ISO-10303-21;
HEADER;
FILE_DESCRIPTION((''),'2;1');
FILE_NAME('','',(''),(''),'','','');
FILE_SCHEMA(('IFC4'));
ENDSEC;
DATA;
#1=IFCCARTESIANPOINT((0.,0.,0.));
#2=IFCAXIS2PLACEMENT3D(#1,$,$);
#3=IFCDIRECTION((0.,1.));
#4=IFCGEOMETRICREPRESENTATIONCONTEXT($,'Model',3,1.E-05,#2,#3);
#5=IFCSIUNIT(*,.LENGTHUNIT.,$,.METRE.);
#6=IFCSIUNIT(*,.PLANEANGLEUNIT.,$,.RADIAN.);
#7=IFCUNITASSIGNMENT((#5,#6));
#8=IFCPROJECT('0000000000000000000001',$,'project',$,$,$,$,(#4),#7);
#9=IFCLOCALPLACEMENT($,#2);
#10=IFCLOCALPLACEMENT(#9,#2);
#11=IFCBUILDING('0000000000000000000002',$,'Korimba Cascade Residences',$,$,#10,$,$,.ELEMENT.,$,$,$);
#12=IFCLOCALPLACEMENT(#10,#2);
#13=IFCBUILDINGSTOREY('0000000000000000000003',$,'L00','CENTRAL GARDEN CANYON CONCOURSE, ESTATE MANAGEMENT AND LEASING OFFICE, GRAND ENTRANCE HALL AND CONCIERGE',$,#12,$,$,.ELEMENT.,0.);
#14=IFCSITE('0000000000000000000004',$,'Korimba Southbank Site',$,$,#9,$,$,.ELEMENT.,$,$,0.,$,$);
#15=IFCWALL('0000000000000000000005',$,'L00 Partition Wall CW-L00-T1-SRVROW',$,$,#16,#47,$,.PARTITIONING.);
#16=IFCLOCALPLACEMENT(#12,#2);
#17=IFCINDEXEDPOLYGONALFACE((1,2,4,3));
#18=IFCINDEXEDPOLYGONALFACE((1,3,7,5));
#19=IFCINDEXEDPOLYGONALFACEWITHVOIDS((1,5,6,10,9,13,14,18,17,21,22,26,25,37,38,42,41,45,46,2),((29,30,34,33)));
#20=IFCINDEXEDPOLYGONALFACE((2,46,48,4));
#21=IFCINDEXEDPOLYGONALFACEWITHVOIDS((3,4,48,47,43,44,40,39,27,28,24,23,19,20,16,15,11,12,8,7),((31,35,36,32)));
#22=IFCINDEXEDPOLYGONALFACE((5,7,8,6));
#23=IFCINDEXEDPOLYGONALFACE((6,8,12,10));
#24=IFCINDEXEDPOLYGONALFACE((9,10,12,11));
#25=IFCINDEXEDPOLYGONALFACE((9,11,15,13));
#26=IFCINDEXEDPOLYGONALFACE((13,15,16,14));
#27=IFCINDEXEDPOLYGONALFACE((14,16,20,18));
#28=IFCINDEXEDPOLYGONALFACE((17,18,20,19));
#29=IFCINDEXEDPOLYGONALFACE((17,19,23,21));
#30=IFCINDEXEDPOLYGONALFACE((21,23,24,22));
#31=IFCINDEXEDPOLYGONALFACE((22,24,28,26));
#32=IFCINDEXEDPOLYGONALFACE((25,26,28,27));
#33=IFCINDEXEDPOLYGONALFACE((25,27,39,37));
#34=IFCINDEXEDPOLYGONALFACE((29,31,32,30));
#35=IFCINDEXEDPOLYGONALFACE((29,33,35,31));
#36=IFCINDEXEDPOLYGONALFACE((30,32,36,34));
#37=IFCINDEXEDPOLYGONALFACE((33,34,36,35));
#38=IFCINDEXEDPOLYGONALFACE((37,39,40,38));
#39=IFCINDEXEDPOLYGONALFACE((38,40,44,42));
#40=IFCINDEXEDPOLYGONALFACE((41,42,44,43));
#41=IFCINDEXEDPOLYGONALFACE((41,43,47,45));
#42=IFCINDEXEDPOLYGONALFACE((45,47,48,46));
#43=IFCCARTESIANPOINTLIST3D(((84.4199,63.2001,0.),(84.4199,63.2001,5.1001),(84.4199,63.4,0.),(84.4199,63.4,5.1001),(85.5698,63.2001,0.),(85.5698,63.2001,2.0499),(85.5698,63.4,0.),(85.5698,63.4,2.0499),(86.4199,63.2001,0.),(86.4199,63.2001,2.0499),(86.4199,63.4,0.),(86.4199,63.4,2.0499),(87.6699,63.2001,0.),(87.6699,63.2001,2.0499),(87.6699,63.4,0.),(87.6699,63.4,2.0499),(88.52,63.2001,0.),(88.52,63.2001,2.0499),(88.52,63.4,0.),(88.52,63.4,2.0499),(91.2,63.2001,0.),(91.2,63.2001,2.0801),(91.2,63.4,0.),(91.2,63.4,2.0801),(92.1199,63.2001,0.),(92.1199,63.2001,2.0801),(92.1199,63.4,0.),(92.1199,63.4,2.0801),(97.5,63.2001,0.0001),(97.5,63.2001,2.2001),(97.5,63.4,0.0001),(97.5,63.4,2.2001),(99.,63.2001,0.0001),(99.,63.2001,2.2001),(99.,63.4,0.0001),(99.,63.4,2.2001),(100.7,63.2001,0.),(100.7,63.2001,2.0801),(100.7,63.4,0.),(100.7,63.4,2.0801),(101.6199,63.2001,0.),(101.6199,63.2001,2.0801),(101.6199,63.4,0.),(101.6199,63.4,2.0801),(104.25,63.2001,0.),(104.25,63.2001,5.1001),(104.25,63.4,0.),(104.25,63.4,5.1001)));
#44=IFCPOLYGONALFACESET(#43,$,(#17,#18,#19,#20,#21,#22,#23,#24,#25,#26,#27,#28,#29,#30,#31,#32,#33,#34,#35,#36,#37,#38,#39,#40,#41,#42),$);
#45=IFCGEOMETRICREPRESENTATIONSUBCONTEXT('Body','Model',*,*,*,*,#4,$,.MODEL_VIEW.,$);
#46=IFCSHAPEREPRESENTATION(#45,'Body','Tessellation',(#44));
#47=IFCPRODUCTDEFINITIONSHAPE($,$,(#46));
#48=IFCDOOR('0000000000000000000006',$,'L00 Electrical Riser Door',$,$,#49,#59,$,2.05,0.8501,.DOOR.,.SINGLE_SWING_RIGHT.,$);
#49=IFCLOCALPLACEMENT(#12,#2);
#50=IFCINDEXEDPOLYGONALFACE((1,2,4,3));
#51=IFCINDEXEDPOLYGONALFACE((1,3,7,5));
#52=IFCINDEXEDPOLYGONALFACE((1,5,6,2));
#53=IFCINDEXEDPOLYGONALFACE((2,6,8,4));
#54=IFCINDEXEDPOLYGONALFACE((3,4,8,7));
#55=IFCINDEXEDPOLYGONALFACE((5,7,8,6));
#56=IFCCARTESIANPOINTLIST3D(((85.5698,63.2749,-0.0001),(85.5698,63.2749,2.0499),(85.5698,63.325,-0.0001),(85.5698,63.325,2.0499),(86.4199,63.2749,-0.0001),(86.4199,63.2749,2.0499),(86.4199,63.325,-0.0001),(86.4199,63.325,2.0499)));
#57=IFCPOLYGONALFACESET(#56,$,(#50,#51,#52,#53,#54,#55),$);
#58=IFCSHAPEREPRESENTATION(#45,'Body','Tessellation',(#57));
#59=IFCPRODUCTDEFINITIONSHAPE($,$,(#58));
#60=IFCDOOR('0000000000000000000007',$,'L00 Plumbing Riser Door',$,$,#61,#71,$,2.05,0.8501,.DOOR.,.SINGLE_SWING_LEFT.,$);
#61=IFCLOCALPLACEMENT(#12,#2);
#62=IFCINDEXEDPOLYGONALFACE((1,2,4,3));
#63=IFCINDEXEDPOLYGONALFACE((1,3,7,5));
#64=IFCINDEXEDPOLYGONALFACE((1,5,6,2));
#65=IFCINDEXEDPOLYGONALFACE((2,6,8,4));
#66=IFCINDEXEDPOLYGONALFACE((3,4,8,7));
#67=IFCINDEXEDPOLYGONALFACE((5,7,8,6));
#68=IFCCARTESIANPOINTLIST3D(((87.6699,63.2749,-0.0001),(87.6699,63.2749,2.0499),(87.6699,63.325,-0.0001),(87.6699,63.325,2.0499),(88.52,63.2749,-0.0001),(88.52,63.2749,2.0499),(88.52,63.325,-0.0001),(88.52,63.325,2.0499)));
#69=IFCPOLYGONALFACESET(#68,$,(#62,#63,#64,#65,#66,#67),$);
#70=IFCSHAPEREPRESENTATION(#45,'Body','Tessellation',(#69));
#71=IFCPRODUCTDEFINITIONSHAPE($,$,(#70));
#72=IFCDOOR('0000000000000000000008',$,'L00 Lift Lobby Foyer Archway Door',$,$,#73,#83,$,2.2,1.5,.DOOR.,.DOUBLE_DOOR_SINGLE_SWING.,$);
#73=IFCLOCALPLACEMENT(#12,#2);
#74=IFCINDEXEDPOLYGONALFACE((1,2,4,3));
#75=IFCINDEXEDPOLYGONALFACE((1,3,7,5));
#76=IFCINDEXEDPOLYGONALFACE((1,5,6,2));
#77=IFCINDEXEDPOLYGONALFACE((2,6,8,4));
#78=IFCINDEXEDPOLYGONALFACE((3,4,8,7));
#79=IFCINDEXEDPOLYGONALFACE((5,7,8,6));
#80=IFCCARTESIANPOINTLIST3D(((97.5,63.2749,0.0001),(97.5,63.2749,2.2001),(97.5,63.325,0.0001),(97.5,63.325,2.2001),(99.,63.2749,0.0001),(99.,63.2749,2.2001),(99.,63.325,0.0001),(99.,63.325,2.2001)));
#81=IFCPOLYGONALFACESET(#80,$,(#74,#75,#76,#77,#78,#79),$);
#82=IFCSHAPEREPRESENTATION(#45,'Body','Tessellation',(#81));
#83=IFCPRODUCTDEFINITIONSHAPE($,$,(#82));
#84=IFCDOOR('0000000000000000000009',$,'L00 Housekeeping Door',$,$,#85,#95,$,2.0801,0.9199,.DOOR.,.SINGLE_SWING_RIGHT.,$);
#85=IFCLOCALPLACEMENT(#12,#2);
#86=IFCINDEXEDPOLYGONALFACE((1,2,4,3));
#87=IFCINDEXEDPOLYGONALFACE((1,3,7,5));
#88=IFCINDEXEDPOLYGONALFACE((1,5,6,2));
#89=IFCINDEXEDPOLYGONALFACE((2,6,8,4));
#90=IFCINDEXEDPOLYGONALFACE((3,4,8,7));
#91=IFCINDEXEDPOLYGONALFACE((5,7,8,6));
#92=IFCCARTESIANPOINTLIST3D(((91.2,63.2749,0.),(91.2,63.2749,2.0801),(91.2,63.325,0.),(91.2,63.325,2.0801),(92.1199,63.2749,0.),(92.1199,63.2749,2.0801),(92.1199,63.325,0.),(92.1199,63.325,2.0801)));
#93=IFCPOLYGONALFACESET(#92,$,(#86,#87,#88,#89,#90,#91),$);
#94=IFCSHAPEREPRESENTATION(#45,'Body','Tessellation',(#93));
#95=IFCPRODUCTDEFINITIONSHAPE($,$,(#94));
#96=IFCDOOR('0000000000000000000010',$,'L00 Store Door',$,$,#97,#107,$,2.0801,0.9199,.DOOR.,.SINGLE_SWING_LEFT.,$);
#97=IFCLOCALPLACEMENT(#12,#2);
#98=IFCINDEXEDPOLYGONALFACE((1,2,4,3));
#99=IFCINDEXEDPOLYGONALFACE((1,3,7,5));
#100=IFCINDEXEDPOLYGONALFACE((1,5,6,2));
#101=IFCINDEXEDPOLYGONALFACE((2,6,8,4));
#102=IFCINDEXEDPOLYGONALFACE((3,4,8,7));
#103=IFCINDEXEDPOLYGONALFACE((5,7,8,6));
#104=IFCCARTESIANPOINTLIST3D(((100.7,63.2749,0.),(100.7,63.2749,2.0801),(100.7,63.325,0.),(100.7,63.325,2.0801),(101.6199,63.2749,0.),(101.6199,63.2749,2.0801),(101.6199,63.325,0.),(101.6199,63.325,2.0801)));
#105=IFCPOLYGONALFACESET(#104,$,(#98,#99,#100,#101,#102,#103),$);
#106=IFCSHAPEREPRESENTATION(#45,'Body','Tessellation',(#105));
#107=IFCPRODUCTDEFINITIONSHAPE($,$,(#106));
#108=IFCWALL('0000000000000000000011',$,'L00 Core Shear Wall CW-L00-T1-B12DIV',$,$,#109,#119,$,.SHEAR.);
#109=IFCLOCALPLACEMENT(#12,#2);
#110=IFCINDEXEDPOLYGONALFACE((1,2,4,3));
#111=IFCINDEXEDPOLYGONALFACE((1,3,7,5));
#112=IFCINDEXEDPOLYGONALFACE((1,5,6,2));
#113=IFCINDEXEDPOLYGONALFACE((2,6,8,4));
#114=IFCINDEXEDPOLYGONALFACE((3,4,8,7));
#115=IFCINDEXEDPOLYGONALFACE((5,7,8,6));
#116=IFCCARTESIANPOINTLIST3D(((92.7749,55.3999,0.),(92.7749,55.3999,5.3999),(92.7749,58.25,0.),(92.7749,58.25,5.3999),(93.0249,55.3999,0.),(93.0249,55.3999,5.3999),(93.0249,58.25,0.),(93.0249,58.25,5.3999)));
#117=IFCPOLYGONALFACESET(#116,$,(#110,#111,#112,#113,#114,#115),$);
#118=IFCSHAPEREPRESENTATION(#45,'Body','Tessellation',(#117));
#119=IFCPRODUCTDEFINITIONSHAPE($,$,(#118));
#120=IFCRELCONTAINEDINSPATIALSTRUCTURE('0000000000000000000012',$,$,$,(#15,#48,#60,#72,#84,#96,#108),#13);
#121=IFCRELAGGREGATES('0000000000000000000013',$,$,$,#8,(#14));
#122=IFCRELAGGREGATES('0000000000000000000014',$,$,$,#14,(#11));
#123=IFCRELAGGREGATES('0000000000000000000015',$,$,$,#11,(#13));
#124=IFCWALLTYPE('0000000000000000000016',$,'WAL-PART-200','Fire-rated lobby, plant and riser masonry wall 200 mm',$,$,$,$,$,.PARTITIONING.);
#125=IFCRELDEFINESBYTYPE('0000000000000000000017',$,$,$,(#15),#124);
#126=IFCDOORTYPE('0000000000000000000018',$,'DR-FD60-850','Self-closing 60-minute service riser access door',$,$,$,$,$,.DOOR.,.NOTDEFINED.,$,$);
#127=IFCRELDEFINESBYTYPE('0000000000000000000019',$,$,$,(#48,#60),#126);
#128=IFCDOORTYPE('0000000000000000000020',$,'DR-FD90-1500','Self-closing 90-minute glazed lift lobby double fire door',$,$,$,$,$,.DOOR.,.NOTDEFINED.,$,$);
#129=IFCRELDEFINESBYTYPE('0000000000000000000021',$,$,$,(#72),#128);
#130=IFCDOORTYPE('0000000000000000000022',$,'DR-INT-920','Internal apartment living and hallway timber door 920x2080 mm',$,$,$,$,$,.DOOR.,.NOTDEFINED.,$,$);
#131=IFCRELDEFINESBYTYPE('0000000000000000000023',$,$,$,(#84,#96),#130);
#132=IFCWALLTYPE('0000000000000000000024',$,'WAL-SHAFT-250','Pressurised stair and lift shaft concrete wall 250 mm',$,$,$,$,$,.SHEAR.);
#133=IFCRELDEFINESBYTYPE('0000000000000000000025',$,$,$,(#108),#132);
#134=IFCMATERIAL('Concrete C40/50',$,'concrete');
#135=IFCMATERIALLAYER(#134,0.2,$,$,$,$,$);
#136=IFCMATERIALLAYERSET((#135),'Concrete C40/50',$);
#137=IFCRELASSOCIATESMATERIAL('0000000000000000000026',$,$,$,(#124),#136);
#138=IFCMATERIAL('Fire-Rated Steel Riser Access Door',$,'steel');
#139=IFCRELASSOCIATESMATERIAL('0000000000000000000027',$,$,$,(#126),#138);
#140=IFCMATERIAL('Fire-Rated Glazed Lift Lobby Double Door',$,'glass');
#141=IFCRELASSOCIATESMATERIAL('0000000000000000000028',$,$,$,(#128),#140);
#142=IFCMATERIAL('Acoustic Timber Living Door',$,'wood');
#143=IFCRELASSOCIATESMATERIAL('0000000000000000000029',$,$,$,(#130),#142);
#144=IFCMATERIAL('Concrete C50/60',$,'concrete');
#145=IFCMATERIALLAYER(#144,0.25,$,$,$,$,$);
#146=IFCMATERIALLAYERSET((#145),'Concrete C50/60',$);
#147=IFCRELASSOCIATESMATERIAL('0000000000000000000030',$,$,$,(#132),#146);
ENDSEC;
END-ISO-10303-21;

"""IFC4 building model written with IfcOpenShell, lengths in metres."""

from ifc_helpers import new_model, si_unit, direction, frame, frame_2d, origin, place, context, subcontext, project, spatial, rectangle, extrude, material, layer, layer_set, type_object, element, fill, save


model = new_model("IFC4")

# Units and contexts
model_context = context("Model", 3, precision=1e-05, world=origin(), true_north=direction((0.0, 1.0)))
body_context = subcontext(model_context, "Body", "Model", "MODEL_VIEW")
ifc_project = project(units=[si_unit("LENGTHUNIT", "METRE"), si_unit("PLANEANGLEUNIT", "RADIAN")], contexts=[model_context])

# Site, building, storey
site_placement = place(None, origin())
site = spatial("IfcSite", under=ifc_project, at=site_placement, Name="Korimba Southbank Site", CompositionType="ELEMENT", RefElevation=0.0)
building_placement = place(site_placement, origin())
building = spatial("IfcBuilding", under=site, at=building_placement, Name="Korimba Cascade Residences", CompositionType="ELEMENT")
storey_placement = place(building_placement, origin())
storey = spatial("IfcBuildingStorey", under=building, at=storey_placement, Name="L00", Description="CENTRAL GARDEN CANYON CONCOURSE, ESTATE MANAGEMENT AND LEASING OFFICE, GRAND ENTRANCE HALL AND CONCIERGE", CompositionType="ELEMENT", Elevation=0.0)

# Shared definitions
ifc_material_1 = material(Name="Concrete C50/60", Category="concrete")

# Shared definitions
ifc_material_2 = material(Name="Concrete C40/50", Category="concrete")
ifc_layer_1 = layer(ifc_material_2, 0.2)
ifc_layer_set_1 = layer_set([ifc_layer_1], Name="Concrete C40/50")
wall_type_1 = type_object("IfcWallType", Name="WAL-PART-200", Description="Fire-rated lobby, plant and riser masonry wall 200 mm", PredefinedType="PARTITIONING", material=ifc_layer_set_1)

# Wall, openings, doors
wall_1_placement = place(storey_placement, frame((84.4199, 63.3, 0.0), z_axis=(0.0, 0.0, 1.0), x_axis=(1.0, 0.0, 0.0)))
wall_1 = element("IfcWall", 1, at=wall_1_placement, inside=storey, type_object=wall_type_1, Name="L00 Partition Wall CW-L00-T1-SRVROW", PredefinedType="PARTITIONING", context=body_context, shape_type="SweptSolid", body=[
    extrude(rectangle(XDim=19.8301, YDim=0.2, at=frame_2d((9.915, 0.0))), origin(), (0.0, 0.0, 1.0), 5.1001),
])
opening_1_placement = place(wall_1_placement, frame((1.1499, 0.0, 0.0)))
opening_1 = element("IfcOpeningElement", 2, at=opening_1_placement, cuts=wall_1, PredefinedType="OPENING", context=body_context, shape_type="SweptSolid", body=[
    extrude(rectangle(XDim=0.8501, YDim=2.05, at=frame_2d((0.425, 1.0249))), frame((0.0, 0.1099, 0.0), z_axis=(0.0, -1.0, 0.0), x_axis=(1.0, 0.0, 0.0)), (0.0, 0.0, 1.0), 0.22),
])
opening_2_placement = place(wall_1_placement, frame((3.25, 0.0, 0.0)))
opening_2 = element("IfcOpeningElement", 3, at=opening_2_placement, cuts=wall_1, PredefinedType="OPENING", context=body_context, shape_type="SweptSolid", body=[
    extrude(rectangle(XDim=0.8501, YDim=2.05, at=frame_2d((0.425, 1.0249))), frame((0.0, 0.1099, 0.0), z_axis=(0.0, -1.0, 0.0), x_axis=(1.0, 0.0, 0.0)), (0.0, 0.0, 1.0), 0.22),
])
opening_3_placement = place(wall_1_placement, frame((13.0801, 0.0, 0.0)))
opening_3 = element("IfcOpeningElement", 4, at=opening_3_placement, cuts=wall_1, PredefinedType="OPENING", context=body_context, shape_type="SweptSolid", body=[
    extrude(rectangle(XDim=1.5, YDim=2.2, at=frame_2d((0.75, 1.1001))), frame((0.0, 0.1099, 0.0), z_axis=(0.0, -1.0, 0.0), x_axis=(1.0, 0.0, 0.0)), (0.0, 0.0, 1.0), 0.22),
])
opening_4_placement = place(wall_1_placement, frame((6.78, 0.0, 0.0)))
opening_4 = element("IfcOpeningElement", 5, at=opening_4_placement, cuts=wall_1, PredefinedType="OPENING", context=body_context, shape_type="SweptSolid", body=[
    extrude(rectangle(XDim=0.9199, YDim=2.0801, at=frame_2d((0.46, 1.04))), frame((0.0, 0.1099, 0.0), z_axis=(0.0, -1.0, 0.0), x_axis=(1.0, 0.0, 0.0)), (0.0, 0.0, 1.0), 0.22),
])
opening_5_placement = place(wall_1_placement, frame((16.28, 0.0, 0.0)))
opening_5 = element("IfcOpeningElement", 6, at=opening_5_placement, cuts=wall_1, PredefinedType="OPENING", context=body_context, shape_type="SweptSolid", body=[
    extrude(rectangle(XDim=0.9199, YDim=2.0801, at=frame_2d((0.46, 1.04))), frame((0.0, 0.1099, 0.0), z_axis=(0.0, -1.0, 0.0), x_axis=(1.0, 0.0, 0.0)), (0.0, 0.0, 1.0), 0.22),
])
ifc_material_3 = material(Name="Fire-Rated Steel Riser Access Door", Category="steel")
door_type_1 = type_object("IfcDoorType", Name="DR-FD60-850", Description="Self-closing 60-minute service riser access door", OperationType="NOTDEFINED", PredefinedType="DOOR", material=ifc_material_3)
door_1_placement = place(opening_1_placement, origin())
door_1 = element("IfcDoor", 7, at=door_1_placement, inside=storey, type_object=door_type_1, Name="L00 Electrical Riser Door", OperationType="SINGLE_SWING_RIGHT", OverallHeight=2.05, OverallWidth=0.8501, PredefinedType="DOOR", context=body_context, shape_type="SweptSolid", body=[
    extrude(rectangle(XDim=0.8501, YDim=2.05, at=frame_2d((0.425, 1.0249))), frame((0.0, 0.0249, 0.0), z_axis=(0.0, -1.0, 0.0), x_axis=(1.0, 0.0, 0.0)), (0.0, 0.0, 1.0), 0.05),
])
fill(opening_1, door_1)
door_2_placement = place(opening_2_placement, origin())
door_2 = element("IfcDoor", 8, at=door_2_placement, inside=storey, type_object=door_type_1, Name="L00 Plumbing Riser Door", OperationType="SINGLE_SWING_LEFT", OverallHeight=2.05, OverallWidth=0.8501, PredefinedType="DOOR", context=body_context, shape_type="SweptSolid", body=[
    extrude(rectangle(XDim=0.8501, YDim=2.05, at=frame_2d((0.425, 1.0249))), frame((0.0, 0.0249, 0.0), z_axis=(0.0, -1.0, 0.0), x_axis=(1.0, 0.0, 0.0)), (0.0, 0.0, 1.0), 0.05),
])
fill(opening_2, door_2)
ifc_material_4 = material(Name="Fire-Rated Glazed Lift Lobby Double Door", Category="glass")
door_type_2 = type_object("IfcDoorType", Name="DR-FD90-1500", Description="Self-closing 90-minute glazed lift lobby double fire door", OperationType="NOTDEFINED", PredefinedType="DOOR", material=ifc_material_4)
door_3_placement = place(opening_3_placement, origin())
door_3 = element("IfcDoor", 9, at=door_3_placement, inside=storey, type_object=door_type_2, Name="L00 Lift Lobby Foyer Archway Door", OperationType="DOUBLE_DOOR_SINGLE_SWING", OverallHeight=2.2, OverallWidth=1.5, PredefinedType="DOOR", context=body_context, shape_type="SweptSolid", body=[
    extrude(rectangle(XDim=1.5, YDim=2.2, at=frame_2d((0.75, 1.1001))), frame((0.0, 0.0249, 0.0), z_axis=(0.0, -1.0, 0.0), x_axis=(1.0, 0.0, 0.0)), (0.0, 0.0, 1.0), 0.05),
])
fill(opening_3, door_3)
ifc_material_5 = material(Name="Acoustic Timber Living Door", Category="wood")
door_type_3 = type_object("IfcDoorType", Name="DR-INT-920", Description="Internal apartment living and hallway timber door 920x2080 mm", OperationType="NOTDEFINED", PredefinedType="DOOR", material=ifc_material_5)
door_4_placement = place(opening_4_placement, origin())
door_4 = element("IfcDoor", 10, at=door_4_placement, inside=storey, type_object=door_type_3, Name="L00 Housekeeping Door", OperationType="SINGLE_SWING_RIGHT", OverallHeight=2.0801, OverallWidth=0.9199, PredefinedType="DOOR", context=body_context, shape_type="SweptSolid", body=[
    extrude(rectangle(XDim=0.9199, YDim=2.0801, at=frame_2d((0.46, 1.04))), frame((0.0, 0.0249, 0.0), z_axis=(0.0, -1.0, 0.0), x_axis=(1.0, 0.0, 0.0)), (0.0, 0.0, 1.0), 0.05),
])
fill(opening_4, door_4)
door_5_placement = place(opening_5_placement, origin())
door_5 = element("IfcDoor", 11, at=door_5_placement, inside=storey, type_object=door_type_3, Name="L00 Store Door", OperationType="SINGLE_SWING_LEFT", OverallHeight=2.0801, OverallWidth=0.9199, PredefinedType="DOOR", context=body_context, shape_type="SweptSolid", body=[
    extrude(rectangle(XDim=0.9199, YDim=2.0801, at=frame_2d((0.46, 1.04))), frame((0.0, 0.0249, 0.0), z_axis=(0.0, -1.0, 0.0), x_axis=(1.0, 0.0, 0.0)), (0.0, 0.0, 1.0), 0.05),
])
fill(opening_5, door_5)
ifc_layer_2 = layer(ifc_material_1, 0.25)
ifc_layer_set_2 = layer_set([ifc_layer_2], Name="Concrete C50/60")
wall_type_2 = type_object("IfcWallType", Name="WAL-SHAFT-250", Description="Pressurised stair and lift shaft concrete wall 250 mm", PredefinedType="SHEAR", material=ifc_layer_set_2)

# Wall
wall_2_placement = place(storey_placement, frame((92.8999, 55.3999, 0.0), z_axis=(0.0, 0.0, 1.0), x_axis=(0.0, 1.0, 0.0)))
element("IfcWall", 12, at=wall_2_placement, inside=storey, type_object=wall_type_2, Name="L00 Core Shear Wall CW-L00-T1-B12DIV", PredefinedType="SHEAR", context=body_context, shape_type="SweptSolid", body=[
    extrude(rectangle(XDim=2.8501, YDim=0.25, at=frame_2d((1.425, 0.0))), origin(), (0.0, 0.0, 1.0), 5.3999),
])

save(model, "model.ifc")
